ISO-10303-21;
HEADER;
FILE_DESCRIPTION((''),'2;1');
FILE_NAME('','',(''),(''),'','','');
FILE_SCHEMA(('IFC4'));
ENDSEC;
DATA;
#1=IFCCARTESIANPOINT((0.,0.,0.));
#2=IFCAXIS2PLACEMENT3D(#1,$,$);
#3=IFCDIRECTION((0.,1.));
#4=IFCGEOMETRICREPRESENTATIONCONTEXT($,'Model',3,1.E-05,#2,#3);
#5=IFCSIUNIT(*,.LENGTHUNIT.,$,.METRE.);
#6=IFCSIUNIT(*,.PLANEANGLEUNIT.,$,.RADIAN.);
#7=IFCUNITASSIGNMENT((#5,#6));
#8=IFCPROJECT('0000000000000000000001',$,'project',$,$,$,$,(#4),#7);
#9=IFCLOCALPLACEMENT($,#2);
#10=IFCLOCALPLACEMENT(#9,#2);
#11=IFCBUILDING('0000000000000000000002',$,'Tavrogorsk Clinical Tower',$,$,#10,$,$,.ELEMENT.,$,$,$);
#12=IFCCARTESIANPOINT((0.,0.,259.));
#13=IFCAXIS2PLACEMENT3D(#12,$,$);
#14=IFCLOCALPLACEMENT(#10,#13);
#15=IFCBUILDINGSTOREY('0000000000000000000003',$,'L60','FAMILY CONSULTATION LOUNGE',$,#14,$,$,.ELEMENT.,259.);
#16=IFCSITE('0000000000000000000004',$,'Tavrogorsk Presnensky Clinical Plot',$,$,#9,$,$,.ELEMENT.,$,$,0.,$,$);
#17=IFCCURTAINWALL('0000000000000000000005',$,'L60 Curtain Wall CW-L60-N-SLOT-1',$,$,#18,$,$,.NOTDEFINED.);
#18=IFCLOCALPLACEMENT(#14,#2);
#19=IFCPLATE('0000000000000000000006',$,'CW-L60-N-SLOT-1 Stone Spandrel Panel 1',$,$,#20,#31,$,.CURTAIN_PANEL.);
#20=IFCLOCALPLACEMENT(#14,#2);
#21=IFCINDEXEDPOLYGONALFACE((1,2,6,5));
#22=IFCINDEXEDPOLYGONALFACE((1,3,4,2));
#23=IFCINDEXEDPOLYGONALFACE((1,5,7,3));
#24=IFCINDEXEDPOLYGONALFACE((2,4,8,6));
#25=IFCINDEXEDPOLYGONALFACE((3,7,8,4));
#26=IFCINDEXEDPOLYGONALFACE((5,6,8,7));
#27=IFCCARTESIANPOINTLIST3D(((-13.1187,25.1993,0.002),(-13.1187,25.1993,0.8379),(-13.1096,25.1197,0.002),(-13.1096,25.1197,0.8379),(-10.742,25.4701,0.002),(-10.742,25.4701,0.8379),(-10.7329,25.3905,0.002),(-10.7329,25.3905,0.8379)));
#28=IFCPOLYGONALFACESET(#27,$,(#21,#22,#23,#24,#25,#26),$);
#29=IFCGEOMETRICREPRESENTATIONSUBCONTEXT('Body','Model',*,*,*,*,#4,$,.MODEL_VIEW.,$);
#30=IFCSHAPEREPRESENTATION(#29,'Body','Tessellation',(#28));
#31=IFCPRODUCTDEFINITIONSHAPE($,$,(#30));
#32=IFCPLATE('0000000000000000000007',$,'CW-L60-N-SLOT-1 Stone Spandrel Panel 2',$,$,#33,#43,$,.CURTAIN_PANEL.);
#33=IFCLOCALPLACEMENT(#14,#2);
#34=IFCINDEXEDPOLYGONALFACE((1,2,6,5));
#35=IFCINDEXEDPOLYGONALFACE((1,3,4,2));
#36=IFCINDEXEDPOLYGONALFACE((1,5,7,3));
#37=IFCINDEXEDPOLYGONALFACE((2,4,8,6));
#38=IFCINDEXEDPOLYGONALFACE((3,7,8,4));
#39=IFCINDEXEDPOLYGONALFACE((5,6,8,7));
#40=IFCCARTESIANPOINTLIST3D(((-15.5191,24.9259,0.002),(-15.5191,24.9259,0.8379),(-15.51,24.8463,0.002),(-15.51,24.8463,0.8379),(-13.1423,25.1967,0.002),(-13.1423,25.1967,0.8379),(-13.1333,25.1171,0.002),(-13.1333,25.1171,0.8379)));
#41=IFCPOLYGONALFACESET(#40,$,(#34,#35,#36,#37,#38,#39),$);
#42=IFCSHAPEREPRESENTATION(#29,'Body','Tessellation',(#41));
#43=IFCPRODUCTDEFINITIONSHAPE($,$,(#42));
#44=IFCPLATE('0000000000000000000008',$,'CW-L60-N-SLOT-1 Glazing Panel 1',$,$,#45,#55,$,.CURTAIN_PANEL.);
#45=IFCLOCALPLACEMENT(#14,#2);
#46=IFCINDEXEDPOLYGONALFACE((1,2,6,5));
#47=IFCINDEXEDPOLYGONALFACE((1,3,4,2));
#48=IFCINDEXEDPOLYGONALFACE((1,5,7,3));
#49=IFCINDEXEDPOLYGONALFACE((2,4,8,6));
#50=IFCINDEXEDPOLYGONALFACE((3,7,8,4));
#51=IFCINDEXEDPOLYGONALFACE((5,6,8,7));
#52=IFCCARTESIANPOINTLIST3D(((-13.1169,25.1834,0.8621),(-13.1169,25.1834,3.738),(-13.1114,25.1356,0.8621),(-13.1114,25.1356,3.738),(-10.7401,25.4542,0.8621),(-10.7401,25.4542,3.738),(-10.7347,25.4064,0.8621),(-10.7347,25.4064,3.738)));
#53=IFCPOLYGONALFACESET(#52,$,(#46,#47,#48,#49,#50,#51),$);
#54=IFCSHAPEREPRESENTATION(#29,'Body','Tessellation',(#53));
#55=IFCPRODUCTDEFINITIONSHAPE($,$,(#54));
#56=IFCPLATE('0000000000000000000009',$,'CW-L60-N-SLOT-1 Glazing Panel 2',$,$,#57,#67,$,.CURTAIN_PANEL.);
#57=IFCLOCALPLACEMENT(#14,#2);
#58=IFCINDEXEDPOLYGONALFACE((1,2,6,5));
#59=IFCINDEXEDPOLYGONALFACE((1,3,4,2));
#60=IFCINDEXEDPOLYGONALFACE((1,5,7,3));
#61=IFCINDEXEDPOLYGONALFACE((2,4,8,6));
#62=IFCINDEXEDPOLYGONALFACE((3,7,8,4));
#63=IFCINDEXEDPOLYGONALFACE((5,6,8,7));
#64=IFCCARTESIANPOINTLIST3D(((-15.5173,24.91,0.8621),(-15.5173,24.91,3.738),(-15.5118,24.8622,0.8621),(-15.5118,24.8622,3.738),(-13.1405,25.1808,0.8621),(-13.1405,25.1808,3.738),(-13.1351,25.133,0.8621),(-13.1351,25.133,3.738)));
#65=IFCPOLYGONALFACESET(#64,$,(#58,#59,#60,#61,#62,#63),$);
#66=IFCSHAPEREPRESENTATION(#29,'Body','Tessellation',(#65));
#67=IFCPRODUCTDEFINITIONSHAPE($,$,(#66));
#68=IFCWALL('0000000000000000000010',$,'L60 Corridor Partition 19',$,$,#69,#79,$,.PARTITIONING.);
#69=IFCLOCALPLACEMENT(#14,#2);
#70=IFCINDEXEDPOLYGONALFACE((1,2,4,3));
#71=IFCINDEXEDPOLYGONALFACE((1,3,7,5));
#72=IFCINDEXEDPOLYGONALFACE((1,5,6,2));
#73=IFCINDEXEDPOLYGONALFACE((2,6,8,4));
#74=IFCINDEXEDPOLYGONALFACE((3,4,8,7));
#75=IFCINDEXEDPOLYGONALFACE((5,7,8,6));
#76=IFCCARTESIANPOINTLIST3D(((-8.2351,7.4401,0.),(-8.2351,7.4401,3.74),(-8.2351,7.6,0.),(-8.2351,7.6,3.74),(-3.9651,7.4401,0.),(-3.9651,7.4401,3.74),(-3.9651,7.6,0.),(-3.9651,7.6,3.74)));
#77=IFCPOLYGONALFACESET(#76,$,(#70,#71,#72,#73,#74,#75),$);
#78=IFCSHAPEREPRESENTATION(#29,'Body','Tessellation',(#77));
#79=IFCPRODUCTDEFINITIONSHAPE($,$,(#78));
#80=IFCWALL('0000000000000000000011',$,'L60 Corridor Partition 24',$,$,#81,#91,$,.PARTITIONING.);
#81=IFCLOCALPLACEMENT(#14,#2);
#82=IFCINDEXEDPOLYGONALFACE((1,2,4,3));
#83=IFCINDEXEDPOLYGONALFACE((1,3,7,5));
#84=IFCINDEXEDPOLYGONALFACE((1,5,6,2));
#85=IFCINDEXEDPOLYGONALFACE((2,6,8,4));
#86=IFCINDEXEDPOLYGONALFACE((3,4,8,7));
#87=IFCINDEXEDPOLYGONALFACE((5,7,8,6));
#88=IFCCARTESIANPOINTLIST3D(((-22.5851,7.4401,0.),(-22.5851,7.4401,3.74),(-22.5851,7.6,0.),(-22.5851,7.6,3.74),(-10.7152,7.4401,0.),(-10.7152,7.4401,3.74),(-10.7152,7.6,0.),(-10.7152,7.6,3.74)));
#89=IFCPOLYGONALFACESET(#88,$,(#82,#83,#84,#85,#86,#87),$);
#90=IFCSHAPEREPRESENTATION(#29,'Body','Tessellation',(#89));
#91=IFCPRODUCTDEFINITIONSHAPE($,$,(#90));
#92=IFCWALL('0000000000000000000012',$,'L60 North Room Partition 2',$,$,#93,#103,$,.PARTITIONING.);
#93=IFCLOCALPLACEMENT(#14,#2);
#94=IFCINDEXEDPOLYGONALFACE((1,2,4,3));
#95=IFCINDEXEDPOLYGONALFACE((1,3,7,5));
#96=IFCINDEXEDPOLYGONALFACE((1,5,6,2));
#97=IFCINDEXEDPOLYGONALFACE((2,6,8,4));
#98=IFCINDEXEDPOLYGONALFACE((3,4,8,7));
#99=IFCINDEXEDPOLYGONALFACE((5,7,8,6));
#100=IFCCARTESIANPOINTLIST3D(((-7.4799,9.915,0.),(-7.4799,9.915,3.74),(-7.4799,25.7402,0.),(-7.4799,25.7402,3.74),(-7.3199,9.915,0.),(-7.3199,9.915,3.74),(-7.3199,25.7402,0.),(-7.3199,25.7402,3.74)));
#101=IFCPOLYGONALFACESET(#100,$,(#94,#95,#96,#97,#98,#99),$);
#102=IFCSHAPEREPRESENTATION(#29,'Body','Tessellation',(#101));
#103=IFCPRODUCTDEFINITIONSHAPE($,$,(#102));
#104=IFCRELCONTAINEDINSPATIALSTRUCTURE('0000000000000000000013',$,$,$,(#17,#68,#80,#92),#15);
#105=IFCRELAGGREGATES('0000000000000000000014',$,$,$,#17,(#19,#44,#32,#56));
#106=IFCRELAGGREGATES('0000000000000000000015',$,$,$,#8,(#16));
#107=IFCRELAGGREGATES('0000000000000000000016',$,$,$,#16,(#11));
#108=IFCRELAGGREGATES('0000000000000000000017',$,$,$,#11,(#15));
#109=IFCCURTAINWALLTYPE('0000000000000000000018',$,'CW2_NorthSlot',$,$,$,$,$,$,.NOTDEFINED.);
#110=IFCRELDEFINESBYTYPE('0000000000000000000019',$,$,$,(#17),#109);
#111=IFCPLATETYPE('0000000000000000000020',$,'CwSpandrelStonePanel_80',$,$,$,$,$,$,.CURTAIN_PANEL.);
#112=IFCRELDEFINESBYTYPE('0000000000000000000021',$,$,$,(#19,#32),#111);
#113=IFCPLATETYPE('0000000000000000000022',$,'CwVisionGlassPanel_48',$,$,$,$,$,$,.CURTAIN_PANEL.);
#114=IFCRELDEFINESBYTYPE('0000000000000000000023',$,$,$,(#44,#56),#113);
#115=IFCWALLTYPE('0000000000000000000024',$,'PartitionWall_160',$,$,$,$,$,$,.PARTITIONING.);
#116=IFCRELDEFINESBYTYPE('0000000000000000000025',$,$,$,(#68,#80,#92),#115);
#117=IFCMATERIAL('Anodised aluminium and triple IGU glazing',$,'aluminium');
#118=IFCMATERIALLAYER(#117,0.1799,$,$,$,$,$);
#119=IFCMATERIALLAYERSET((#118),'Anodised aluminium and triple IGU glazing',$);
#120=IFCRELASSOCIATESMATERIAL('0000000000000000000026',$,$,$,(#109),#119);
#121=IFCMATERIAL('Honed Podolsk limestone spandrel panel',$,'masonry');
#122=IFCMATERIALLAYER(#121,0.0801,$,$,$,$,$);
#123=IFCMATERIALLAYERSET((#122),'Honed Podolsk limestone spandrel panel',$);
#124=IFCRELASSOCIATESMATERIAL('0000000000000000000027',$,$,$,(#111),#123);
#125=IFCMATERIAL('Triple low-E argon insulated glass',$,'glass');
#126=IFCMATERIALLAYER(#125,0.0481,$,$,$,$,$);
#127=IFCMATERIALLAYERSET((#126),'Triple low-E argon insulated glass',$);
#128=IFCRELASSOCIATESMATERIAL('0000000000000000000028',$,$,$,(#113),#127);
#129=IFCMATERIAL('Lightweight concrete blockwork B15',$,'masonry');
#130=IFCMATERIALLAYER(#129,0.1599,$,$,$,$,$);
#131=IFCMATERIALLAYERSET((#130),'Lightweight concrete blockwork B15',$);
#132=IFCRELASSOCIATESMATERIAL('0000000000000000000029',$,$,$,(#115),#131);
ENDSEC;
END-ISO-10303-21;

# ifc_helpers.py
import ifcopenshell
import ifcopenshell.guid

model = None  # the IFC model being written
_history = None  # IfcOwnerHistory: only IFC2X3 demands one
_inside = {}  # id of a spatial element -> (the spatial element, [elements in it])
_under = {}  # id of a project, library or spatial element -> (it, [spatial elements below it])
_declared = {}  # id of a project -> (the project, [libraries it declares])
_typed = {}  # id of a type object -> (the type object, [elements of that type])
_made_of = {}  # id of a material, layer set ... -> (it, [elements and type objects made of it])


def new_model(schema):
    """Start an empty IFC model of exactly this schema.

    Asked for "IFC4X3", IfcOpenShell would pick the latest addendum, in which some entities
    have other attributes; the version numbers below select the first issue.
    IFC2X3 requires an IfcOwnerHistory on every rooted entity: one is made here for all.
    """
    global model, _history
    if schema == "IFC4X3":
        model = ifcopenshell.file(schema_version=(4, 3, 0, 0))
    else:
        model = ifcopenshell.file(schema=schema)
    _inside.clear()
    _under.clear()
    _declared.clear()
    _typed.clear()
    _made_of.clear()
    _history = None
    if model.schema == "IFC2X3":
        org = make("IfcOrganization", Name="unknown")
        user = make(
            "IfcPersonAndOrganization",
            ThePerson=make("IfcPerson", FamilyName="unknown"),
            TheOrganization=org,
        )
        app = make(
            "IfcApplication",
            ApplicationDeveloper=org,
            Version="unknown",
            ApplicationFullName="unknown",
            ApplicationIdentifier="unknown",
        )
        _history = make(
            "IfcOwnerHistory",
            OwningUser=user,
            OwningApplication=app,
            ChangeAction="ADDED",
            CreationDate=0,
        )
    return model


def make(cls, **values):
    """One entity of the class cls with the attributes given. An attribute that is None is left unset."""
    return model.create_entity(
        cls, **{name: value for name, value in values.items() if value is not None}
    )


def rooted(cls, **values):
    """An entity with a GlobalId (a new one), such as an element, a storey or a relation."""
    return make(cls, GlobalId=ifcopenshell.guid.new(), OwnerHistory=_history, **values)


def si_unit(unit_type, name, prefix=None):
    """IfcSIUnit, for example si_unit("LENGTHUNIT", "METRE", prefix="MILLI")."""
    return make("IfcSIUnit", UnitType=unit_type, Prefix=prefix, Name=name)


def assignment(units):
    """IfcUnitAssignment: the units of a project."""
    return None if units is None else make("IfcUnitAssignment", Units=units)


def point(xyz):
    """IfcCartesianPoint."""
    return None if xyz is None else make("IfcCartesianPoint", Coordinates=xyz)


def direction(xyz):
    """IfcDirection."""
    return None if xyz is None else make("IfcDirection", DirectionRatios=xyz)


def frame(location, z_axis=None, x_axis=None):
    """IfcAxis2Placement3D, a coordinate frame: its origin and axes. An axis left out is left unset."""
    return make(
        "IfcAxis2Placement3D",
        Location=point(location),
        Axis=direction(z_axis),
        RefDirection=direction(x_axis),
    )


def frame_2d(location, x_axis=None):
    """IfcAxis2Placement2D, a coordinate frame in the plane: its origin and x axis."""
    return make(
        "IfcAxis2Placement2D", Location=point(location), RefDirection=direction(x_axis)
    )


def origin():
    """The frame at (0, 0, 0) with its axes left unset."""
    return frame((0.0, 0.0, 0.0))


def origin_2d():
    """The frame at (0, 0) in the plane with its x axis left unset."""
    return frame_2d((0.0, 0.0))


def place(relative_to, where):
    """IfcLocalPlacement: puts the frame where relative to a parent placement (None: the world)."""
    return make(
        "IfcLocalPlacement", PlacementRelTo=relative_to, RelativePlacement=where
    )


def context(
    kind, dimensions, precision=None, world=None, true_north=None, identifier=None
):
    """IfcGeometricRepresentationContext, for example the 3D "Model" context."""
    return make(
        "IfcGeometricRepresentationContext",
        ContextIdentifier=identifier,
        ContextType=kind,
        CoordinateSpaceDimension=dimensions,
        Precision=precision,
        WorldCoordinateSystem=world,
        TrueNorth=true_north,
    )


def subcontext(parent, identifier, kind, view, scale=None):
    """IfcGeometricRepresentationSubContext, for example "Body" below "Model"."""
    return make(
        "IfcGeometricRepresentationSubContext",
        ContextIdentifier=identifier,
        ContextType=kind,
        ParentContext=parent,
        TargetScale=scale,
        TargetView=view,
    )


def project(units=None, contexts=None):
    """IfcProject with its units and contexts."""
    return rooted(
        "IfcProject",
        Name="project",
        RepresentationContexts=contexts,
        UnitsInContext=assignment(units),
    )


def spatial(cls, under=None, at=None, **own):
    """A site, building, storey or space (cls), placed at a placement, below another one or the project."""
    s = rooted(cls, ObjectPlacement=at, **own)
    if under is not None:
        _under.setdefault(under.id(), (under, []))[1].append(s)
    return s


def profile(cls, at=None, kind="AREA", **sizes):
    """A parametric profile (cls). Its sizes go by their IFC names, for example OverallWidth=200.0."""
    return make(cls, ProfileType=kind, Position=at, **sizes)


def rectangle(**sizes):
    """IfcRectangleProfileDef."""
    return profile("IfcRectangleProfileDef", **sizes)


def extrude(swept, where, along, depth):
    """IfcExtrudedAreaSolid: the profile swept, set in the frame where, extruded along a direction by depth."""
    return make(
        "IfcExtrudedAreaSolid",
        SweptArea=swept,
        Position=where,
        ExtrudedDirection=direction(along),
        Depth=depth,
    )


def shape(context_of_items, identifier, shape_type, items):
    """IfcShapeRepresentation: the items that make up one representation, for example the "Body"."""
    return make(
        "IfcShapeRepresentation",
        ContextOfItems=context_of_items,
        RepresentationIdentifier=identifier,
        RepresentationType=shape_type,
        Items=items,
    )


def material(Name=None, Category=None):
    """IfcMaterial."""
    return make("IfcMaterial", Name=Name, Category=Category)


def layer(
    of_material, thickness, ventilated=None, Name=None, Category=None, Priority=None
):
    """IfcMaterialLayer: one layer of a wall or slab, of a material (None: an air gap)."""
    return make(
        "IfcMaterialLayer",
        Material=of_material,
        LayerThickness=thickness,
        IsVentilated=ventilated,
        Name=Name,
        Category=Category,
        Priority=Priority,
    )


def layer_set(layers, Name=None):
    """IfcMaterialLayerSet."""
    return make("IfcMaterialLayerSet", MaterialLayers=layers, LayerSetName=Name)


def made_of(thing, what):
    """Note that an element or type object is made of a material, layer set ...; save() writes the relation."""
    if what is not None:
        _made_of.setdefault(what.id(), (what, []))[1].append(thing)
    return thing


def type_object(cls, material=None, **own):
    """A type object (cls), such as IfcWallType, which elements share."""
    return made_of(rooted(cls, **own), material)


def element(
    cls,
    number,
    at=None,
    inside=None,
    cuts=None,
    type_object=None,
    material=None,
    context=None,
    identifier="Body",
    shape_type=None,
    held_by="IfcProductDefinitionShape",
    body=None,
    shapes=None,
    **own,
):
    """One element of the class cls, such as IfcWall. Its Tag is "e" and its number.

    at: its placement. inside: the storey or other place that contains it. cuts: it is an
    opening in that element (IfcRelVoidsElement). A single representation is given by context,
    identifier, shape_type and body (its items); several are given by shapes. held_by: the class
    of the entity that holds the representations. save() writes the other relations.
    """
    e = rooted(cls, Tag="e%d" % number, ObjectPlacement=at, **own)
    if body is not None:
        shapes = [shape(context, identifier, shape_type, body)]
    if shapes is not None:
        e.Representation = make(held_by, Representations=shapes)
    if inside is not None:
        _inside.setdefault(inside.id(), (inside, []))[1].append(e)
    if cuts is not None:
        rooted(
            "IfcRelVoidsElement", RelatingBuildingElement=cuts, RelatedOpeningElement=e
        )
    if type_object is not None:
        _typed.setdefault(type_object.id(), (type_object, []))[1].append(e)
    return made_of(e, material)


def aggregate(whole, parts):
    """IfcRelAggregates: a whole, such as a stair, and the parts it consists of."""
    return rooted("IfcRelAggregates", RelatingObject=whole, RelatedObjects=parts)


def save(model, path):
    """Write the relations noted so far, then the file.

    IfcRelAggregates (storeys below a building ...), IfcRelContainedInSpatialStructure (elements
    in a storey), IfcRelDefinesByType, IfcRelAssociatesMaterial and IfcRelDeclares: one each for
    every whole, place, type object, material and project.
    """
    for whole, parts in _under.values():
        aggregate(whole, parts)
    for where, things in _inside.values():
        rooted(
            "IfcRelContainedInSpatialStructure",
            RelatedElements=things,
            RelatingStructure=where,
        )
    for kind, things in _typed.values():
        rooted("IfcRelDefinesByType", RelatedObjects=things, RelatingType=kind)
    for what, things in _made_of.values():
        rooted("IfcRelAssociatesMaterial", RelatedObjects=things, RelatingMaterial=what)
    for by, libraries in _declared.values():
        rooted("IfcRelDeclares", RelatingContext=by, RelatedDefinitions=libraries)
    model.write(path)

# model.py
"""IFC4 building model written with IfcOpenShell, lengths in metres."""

from ifc_helpers import new_model, si_unit, direction, frame, frame_2d, origin, origin_2d, place, context, subcontext, project, spatial, rectangle, extrude, material, layer, layer_set, type_object, element, aggregate, save


model = new_model("IFC4")

# Units and contexts
model_context = context("Model", 3, precision=1e-05, world=origin(), true_north=direction((0.0, 1.0)))
body_context = subcontext(model_context, "Body", "Model", "MODEL_VIEW")
ifc_project = project(units=[si_unit("LENGTHUNIT", "METRE"), si_unit("PLANEANGLEUNIT", "RADIAN")], contexts=[model_context])

# Site, building, storey
site_placement = place(None, origin())
site = spatial("IfcSite", under=ifc_project, at=site_placement, Name="Tavrogorsk Presnensky Clinical Plot", CompositionType="ELEMENT", RefElevation=0.0)
building_placement = place(site_placement, origin())
building = spatial("IfcBuilding", under=site, at=building_placement, Name="Tavrogorsk Clinical Tower", CompositionType="ELEMENT")
storey_placement = place(building_placement, frame((0.0, 0.0, 259.0)))
storey = spatial("IfcBuildingStorey", under=building, at=storey_placement, Name="L60", Description="FAMILY CONSULTATION LOUNGE", CompositionType="ELEMENT", Elevation=259.0)

# Curtain wall
ifc_material_1 = material(Name="Anodised aluminium and triple IGU glazing", Category="aluminium")
ifc_layer_1 = layer(ifc_material_1, 0.1799)
ifc_layer_set_1 = layer_set([ifc_layer_1], Name="Anodised aluminium and triple IGU glazing")
curtain_wall_type = type_object("IfcCurtainWallType", Name="CW2_NorthSlot", PredefinedType="NOTDEFINED", material=ifc_layer_set_1)
curtain_wall_placement = place(storey_placement, origin())
curtain_wall = element("IfcCurtainWall", 1, at=curtain_wall_placement, inside=storey, type_object=curtain_wall_type, Name="L60 Curtain Wall CW-L60-N-SLOT-1", PredefinedType="NOTDEFINED")

# Plates
ifc_material_2 = material(Name="Honed Podolsk limestone spandrel panel", Category="masonry")
ifc_layer_2 = layer(ifc_material_2, 0.0801)
ifc_layer_set_2 = layer_set([ifc_layer_2], Name="Honed Podolsk limestone spandrel panel")
plate_type_1 = type_object("IfcPlateType", Name="CwSpandrelStonePanel_80", PredefinedType="CURTAIN_PANEL", material=ifc_layer_set_2)
plate_1_placement = place(storey_placement, frame((-11.9258, 25.2949, 0.002), z_axis=(0.0, 0.0, 1.0), x_axis=(-0.993572, -0.113203, 0.0)))
plate_1 = element("IfcPlate", 2, at=plate_1_placement, type_object=plate_type_1, Name="CW-L60-N-SLOT-1 Stone Spandrel Panel 1", PredefinedType="CURTAIN_PANEL", context=body_context, shape_type="SweptSolid", body=[
    extrude(rectangle(XDim=2.3921, YDim=0.0801, at=origin_2d()), origin(), (0.0, 0.0, 1.0), 0.8359),
])
plate_2_placement = place(storey_placement, frame((-14.3262, 25.0215, 0.002), z_axis=(0.0, 0.0, 1.0), x_axis=(-0.993572, -0.113203, 0.0)))
plate_2 = element("IfcPlate", 3, at=plate_2_placement, type_object=plate_type_1, Name="CW-L60-N-SLOT-1 Stone Spandrel Panel 2", PredefinedType="CURTAIN_PANEL", context=body_context, shape_type="SweptSolid", body=[
    extrude(rectangle(XDim=2.3921, YDim=0.0801, at=origin_2d()), origin(), (0.0, 0.0, 1.0), 0.8359),
])
ifc_material_3 = material(Name="Triple low-E argon insulated glass", Category="glass")
ifc_layer_3 = layer(ifc_material_3, 0.0481)
ifc_layer_set_3 = layer_set([ifc_layer_3], Name="Triple low-E argon insulated glass")
plate_type_2 = type_object("IfcPlateType", Name="CwVisionGlassPanel_48", PredefinedType="CURTAIN_PANEL", material=ifc_layer_set_3)
plate_3_placement = place(storey_placement, frame((-11.9258, 25.2949, 0.8621), z_axis=(0.0, 0.0, 1.0), x_axis=(-0.993572, -0.113203, 0.0)))
plate_3 = element("IfcPlate", 4, at=plate_3_placement, type_object=plate_type_2, Name="CW-L60-N-SLOT-1 Glazing Panel 1", PredefinedType="CURTAIN_PANEL", context=body_context, shape_type="SweptSolid", body=[
    extrude(rectangle(XDim=2.3921, YDim=0.0481, at=origin_2d()), origin(), (0.0, 0.0, 1.0), 2.876),
])
plate_4_placement = place(storey_placement, frame((-14.3262, 25.0215, 0.8621), z_axis=(0.0, 0.0, 1.0), x_axis=(-0.993572, -0.113203, 0.0)))
plate_4 = element("IfcPlate", 5, at=plate_4_placement, type_object=plate_type_2, Name="CW-L60-N-SLOT-1 Glazing Panel 2", PredefinedType="CURTAIN_PANEL", context=body_context, shape_type="SweptSolid", body=[
    extrude(rectangle(XDim=2.3921, YDim=0.0481, at=origin_2d()), origin(), (0.0, 0.0, 1.0), 2.876),
])
aggregate(curtain_wall, [plate_1, plate_3, plate_2, plate_4])

# Walls
ifc_material_4 = material(Name="Lightweight concrete blockwork B15", Category="masonry")
ifc_layer_4 = layer(ifc_material_4, 0.1599)
ifc_layer_set_4 = layer_set([ifc_layer_4], Name="Lightweight concrete blockwork B15")
wall_type_1 = type_object("IfcWallType", Name="PartitionWall_160", PredefinedType="PARTITIONING", material=ifc_layer_set_4)
wall_1_placement = place(storey_placement, frame((-3.9651, 7.52, 0.0), z_axis=(0.0, 0.0, 1.0), x_axis=(-1.0, 0.0, 0.0)))
element("IfcWall", 6, at=wall_1_placement, inside=storey, type_object=wall_type_1, Name="L60 Corridor Partition 19", PredefinedType="PARTITIONING", context=body_context, shape_type="SweptSolid", body=[
    extrude(rectangle(XDim=4.27, YDim=0.1599, at=frame_2d((2.135, 0.0))), origin(), (0.0, 0.0, 1.0), 3.74),
])
wall_2_placement = place(storey_placement, frame((-10.7151, 7.52, 0.0), z_axis=(0.0, 0.0, 1.0), x_axis=(-1.0, 0.0, 0.0)))
element("IfcWall", 7, at=wall_2_placement, inside=storey, type_object=wall_type_1, Name="L60 Corridor Partition 24", PredefinedType="PARTITIONING", context=body_context, shape_type="SweptSolid", body=[
    extrude(rectangle(XDim=11.8699, YDim=0.1599, at=frame_2d((5.9351, 0.0))), origin(), (0.0, 0.0, 1.0), 3.74),
])
wall_3_placement = place(storey_placement, frame((-7.3999, 9.915, 0.0), z_axis=(0.0, 0.0, 1.0), x_axis=(0.0, 1.0, 0.0)))
element("IfcWall", 8, at=wall_3_placement, inside=storey, type_object=wall_type_1, Name="L60 North Room Partition 2", PredefinedType="PARTITIONING", context=body_context, shape_type="SweptSolid", body=[
    extrude(rectangle(XDim=15.8252, YDim=0.1599, at=frame_2d((7.9126, 0.0))), origin(), (0.0, 0.0, 1.0), 3.74),
])

save(model, "model.ifc")
